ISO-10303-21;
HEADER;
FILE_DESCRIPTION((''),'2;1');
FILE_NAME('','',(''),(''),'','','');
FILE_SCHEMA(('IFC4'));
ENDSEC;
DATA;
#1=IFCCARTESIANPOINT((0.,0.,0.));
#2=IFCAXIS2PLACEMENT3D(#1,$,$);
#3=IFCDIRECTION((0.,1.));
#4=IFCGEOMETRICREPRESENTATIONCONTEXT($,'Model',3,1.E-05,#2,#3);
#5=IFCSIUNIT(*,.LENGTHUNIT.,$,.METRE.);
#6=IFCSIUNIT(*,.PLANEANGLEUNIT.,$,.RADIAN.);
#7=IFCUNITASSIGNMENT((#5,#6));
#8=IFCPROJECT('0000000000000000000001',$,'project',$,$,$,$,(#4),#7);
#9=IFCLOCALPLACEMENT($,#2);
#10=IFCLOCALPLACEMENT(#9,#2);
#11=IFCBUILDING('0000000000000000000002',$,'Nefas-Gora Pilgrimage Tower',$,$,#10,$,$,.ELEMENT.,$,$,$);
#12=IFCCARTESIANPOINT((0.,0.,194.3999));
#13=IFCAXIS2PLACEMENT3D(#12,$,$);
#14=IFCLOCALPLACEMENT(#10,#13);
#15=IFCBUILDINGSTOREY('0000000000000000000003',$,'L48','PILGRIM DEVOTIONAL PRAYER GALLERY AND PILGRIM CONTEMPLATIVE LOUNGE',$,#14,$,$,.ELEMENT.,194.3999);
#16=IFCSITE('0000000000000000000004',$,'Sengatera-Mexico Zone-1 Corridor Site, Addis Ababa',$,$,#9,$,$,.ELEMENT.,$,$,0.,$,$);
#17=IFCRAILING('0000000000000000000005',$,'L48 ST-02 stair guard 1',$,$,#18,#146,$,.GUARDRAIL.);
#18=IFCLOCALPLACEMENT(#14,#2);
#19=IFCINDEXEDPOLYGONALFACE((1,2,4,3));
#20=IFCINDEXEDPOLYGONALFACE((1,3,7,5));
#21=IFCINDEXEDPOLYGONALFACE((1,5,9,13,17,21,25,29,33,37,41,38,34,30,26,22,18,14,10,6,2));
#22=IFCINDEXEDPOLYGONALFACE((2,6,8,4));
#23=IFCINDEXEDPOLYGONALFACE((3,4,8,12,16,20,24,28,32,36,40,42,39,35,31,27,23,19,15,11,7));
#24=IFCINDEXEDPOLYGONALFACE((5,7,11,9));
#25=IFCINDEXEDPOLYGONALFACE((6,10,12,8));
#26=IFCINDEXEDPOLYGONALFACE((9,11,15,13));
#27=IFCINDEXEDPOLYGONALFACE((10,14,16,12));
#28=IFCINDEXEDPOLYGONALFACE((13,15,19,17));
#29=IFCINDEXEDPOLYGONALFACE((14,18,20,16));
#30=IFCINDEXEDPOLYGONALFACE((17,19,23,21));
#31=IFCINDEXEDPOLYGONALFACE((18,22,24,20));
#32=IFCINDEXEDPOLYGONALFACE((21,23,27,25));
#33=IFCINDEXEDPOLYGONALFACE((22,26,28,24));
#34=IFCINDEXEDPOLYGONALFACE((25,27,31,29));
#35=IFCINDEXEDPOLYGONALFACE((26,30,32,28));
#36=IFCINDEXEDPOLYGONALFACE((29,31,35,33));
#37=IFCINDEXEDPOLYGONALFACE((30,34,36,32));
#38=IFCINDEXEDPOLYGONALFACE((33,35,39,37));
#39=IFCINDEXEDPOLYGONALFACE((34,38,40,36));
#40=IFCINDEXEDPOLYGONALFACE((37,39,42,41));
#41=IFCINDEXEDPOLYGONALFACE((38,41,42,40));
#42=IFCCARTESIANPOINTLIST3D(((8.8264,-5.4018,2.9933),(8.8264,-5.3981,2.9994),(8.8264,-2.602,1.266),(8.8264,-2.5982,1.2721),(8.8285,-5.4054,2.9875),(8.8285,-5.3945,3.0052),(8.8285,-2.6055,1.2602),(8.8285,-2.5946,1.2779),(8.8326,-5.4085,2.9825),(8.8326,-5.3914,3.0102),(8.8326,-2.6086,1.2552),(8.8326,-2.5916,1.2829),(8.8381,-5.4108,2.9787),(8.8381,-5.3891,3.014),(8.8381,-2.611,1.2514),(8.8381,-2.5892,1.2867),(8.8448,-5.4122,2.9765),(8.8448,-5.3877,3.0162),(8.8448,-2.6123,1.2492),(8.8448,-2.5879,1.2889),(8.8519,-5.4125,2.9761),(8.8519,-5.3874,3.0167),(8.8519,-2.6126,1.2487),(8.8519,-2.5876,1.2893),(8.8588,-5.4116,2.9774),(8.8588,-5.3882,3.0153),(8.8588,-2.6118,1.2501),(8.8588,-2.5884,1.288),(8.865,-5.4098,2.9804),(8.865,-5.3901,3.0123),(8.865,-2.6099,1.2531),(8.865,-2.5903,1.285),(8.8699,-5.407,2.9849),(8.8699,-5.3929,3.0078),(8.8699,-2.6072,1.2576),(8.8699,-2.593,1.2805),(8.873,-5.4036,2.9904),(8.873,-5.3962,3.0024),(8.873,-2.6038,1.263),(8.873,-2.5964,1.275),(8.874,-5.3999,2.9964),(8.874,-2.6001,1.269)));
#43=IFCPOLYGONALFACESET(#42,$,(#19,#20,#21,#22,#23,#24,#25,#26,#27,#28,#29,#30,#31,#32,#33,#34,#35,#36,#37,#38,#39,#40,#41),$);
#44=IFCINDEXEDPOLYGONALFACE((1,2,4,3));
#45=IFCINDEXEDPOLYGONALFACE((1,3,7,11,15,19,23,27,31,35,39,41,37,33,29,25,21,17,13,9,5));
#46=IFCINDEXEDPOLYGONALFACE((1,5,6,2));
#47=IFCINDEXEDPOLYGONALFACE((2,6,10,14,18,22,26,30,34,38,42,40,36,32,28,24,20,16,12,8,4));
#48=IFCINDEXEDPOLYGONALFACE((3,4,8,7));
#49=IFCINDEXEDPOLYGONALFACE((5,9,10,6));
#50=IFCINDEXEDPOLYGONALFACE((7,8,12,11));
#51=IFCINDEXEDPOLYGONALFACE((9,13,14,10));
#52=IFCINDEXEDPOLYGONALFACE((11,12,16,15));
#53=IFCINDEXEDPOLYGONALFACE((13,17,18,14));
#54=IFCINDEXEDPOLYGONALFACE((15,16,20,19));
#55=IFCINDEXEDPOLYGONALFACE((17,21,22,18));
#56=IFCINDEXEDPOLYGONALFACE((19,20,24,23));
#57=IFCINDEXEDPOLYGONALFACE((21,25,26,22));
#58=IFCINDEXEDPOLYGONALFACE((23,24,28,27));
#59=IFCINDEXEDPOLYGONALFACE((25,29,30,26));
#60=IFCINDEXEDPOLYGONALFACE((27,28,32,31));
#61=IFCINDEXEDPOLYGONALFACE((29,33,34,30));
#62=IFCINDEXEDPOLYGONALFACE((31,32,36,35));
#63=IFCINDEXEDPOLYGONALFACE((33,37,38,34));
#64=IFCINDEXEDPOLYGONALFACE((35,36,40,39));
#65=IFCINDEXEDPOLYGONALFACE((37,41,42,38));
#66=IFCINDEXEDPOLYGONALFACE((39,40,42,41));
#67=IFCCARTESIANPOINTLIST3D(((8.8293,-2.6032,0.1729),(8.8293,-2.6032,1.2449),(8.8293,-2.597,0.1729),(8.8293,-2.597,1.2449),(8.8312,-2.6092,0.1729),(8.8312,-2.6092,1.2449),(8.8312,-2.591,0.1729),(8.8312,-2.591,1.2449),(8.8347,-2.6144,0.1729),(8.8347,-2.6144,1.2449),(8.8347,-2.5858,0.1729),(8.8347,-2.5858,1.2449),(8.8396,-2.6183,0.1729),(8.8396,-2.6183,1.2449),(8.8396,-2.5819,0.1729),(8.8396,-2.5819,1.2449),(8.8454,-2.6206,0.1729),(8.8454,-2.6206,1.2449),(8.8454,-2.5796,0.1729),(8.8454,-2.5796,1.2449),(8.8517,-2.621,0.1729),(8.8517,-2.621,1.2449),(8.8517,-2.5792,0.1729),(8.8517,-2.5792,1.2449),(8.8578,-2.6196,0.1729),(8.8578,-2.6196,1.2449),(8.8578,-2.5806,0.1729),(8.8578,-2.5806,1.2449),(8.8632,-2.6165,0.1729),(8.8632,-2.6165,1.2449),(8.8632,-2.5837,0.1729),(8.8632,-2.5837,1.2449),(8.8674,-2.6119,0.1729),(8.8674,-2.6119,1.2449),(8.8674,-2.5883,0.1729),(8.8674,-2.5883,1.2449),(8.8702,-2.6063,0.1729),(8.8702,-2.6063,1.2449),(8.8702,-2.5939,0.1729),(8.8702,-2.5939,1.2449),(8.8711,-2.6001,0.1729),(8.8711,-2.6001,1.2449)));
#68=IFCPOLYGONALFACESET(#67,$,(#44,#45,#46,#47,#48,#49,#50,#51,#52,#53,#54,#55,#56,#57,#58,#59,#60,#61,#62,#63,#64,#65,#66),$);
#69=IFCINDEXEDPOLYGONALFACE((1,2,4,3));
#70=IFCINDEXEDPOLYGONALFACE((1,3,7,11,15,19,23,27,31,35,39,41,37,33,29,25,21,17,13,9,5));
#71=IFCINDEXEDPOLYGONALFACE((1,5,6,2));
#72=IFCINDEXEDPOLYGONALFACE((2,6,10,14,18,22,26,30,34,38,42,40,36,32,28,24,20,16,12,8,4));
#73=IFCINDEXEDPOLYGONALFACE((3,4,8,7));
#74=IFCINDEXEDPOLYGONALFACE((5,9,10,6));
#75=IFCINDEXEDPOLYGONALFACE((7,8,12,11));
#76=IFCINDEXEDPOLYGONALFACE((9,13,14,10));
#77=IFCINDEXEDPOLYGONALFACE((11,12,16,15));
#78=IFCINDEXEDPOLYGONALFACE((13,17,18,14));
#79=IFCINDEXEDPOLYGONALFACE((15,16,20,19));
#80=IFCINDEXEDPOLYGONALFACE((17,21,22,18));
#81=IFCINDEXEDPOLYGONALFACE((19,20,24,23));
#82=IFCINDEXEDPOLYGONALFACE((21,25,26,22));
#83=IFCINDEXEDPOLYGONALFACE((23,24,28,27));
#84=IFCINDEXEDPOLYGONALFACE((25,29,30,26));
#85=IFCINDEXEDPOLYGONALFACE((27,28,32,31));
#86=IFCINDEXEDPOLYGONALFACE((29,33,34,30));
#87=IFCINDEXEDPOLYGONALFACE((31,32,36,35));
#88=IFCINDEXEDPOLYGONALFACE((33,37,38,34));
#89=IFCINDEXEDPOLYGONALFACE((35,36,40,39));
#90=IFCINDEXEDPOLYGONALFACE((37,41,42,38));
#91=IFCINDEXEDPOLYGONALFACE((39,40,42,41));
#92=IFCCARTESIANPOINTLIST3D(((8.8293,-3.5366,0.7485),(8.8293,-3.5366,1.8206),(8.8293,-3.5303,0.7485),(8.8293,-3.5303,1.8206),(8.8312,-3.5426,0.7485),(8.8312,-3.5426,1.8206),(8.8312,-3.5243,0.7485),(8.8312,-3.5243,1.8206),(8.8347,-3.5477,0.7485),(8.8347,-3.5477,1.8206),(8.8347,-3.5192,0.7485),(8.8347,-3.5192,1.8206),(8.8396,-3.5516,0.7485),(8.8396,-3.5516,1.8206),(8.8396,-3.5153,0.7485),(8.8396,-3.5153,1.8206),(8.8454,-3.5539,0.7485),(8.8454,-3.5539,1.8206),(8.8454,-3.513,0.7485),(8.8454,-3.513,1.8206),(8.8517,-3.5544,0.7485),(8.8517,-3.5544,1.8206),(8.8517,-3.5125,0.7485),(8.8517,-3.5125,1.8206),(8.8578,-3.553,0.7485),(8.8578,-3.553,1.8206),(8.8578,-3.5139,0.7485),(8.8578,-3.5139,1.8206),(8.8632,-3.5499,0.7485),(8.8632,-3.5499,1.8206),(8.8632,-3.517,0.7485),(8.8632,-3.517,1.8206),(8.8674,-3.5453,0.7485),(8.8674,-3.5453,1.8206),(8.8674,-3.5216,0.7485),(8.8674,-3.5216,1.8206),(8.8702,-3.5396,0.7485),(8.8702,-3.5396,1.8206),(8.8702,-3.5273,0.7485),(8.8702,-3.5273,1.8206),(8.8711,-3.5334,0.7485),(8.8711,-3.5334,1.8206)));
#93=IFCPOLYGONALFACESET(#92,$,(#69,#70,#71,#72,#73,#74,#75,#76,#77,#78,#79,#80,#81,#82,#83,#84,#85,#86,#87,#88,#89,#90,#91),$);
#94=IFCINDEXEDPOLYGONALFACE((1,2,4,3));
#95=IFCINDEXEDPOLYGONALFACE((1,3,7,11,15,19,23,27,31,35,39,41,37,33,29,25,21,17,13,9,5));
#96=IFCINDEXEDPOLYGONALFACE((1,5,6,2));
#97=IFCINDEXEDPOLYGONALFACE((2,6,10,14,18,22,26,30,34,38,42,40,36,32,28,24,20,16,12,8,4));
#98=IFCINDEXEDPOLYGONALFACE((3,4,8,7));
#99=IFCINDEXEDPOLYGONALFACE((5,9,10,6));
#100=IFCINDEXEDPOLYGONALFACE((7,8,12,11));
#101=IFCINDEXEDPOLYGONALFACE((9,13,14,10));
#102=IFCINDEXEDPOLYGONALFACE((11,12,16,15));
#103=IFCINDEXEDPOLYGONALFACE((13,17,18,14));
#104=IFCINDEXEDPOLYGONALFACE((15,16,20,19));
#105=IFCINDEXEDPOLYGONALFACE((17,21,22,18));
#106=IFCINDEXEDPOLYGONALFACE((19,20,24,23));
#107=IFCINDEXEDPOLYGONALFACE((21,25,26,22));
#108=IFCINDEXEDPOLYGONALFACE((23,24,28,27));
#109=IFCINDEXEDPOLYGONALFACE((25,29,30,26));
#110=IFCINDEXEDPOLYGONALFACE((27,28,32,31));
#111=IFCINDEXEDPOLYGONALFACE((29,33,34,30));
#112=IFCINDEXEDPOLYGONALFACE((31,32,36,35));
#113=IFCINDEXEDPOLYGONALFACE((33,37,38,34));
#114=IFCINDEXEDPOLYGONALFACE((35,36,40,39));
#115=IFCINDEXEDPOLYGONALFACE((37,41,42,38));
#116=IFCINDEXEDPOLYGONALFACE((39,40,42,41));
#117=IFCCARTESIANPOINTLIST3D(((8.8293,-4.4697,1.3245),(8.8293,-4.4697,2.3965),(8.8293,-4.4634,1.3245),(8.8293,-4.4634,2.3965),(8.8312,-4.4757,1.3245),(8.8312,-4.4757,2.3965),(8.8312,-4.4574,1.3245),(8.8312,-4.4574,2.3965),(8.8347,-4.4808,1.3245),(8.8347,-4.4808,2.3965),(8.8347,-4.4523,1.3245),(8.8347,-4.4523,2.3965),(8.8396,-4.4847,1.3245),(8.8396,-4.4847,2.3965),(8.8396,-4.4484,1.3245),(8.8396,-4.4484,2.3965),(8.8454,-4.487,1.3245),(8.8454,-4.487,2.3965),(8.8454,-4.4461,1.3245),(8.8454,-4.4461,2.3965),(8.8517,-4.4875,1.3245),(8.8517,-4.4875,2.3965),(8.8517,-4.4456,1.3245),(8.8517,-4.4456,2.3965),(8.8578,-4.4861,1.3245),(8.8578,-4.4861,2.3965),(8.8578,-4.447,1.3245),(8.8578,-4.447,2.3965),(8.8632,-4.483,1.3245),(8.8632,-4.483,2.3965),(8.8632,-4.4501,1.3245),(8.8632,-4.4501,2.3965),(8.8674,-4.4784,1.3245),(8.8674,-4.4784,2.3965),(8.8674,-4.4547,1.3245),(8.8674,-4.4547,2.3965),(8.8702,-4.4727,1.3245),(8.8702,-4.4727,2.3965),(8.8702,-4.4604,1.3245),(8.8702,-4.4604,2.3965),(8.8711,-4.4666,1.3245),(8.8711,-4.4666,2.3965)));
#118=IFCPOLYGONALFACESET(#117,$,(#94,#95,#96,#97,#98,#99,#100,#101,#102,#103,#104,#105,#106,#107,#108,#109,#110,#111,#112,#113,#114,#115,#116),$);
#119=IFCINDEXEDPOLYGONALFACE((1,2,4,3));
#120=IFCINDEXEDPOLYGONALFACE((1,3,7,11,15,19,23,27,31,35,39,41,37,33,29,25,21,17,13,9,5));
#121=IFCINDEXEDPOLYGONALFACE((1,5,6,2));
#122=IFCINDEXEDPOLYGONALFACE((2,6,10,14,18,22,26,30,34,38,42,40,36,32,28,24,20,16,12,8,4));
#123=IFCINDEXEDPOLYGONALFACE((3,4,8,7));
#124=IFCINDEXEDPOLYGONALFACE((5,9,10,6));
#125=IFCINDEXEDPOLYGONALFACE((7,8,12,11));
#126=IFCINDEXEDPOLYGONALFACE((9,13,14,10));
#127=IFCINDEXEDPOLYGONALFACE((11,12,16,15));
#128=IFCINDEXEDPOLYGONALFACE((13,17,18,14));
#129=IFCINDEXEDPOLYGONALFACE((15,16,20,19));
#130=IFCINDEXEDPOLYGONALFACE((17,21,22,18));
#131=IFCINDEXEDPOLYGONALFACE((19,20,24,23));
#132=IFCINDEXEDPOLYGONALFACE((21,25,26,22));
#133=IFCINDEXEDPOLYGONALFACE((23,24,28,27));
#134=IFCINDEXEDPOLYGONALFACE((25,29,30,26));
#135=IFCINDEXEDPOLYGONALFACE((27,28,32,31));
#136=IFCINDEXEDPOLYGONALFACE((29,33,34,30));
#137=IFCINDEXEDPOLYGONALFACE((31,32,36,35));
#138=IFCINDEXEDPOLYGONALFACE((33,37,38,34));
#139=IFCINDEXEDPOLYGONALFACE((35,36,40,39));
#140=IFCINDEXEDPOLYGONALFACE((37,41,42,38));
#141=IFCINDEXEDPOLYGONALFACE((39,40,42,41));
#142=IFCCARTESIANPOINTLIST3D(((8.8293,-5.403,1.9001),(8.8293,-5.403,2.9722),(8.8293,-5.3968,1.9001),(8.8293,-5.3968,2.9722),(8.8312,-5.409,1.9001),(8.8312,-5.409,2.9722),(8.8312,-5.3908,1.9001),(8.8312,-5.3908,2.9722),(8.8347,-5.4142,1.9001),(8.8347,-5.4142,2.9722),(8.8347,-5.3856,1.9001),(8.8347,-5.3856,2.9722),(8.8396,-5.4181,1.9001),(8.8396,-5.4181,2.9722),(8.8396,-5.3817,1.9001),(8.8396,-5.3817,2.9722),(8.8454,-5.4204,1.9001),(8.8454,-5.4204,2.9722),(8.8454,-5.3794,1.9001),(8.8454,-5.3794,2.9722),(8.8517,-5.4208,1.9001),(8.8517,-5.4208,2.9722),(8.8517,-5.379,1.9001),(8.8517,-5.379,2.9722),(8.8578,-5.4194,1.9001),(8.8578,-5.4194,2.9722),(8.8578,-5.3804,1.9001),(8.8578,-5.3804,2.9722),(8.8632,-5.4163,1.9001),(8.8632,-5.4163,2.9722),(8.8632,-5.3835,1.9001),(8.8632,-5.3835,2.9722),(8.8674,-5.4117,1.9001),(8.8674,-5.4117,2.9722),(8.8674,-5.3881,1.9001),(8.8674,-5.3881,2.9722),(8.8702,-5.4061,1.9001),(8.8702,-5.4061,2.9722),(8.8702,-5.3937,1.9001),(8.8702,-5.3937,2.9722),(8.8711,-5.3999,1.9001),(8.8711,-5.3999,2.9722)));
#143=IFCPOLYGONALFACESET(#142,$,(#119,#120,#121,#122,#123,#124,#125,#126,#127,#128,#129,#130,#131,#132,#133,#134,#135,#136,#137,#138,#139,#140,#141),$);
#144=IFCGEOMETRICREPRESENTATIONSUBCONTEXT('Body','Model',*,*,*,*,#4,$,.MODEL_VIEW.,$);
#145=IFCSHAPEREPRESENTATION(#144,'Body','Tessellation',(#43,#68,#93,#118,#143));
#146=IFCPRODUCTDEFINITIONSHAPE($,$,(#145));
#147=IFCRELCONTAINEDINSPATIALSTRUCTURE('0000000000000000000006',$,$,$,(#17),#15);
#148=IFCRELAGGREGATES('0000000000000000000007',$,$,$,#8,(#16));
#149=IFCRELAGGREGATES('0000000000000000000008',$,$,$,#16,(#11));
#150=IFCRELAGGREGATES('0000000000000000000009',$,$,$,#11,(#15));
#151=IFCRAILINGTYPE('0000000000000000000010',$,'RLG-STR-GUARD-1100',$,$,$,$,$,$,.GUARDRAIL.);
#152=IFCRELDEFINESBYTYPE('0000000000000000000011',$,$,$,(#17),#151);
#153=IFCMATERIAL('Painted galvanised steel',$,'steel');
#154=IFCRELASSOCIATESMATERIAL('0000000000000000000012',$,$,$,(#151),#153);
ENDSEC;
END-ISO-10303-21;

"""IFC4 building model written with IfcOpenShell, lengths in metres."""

from ifc_helpers import new_model, si_unit, direction, frame, origin, origin_2d, place, context, subcontext, project, spatial, circle, extrude, material, type_object, element, save


model = new_model("IFC4")

# Units and contexts
model_context = context("Model", 3, precision=1e-05, world=origin(), true_north=direction((0.0, 1.0)))
body_context = subcontext(model_context, "Body", "Model", "MODEL_VIEW")
ifc_project = project(units=[si_unit("LENGTHUNIT", "METRE"), si_unit("PLANEANGLEUNIT", "RADIAN")], contexts=[model_context])

# Site, building, storey
site_placement = place(None, origin())
site = spatial("IfcSite", under=ifc_project, at=site_placement, Name="Sengatera-Mexico Zone-1 Corridor Site, Addis Ababa", CompositionType="ELEMENT", RefElevation=0.0)
building_placement = place(site_placement, origin())
building = spatial("IfcBuilding", under=site, at=building_placement, Name="Nefas-Gora Pilgrimage Tower", CompositionType="ELEMENT")
storey_placement = place(building_placement, frame((0.0, 0.0, 194.3999)))
storey = spatial("IfcBuildingStorey", under=building, at=storey_placement, Name="L48", Description="PILGRIM DEVOTIONAL PRAYER GALLERY AND PILGRIM CONTEMPLATIVE LOUNGE", CompositionType="ELEMENT", Elevation=194.3999)

# Railing
ifc_material_1 = material(Name="Painted galvanised steel", Category="steel")
railing_type_1 = type_object("IfcRailingType", Name="RLG-STR-GUARD-1100", PredefinedType="GUARDRAIL", material=ifc_material_1)
railing_1_placement = place(storey_placement, frame((8.8501, -2.6001, 0.1729)))
element("IfcRailing", 1, at=railing_1_placement, inside=storey, type_object=railing_type_1, Name="L48 ST-02 stair guard 1", PredefinedType="GUARDRAIL", context=body_context, shape_type="SweptSolid", body=[
    extrude(circle(Radius=0.0239, at=origin_2d()), frame((0.0, 0.0, 1.0962), z_axis=(0.0, -0.851069, 0.525054), x_axis=(1.0, 0.0, 0.0)), (0.0, 0.0, 1.0), 3.2898),
    extrude(circle(Radius=0.021, at=origin_2d()), origin(), (0.0, 0.0, 1.0), 1.072),
    extrude(circle(Radius=0.021, at=origin_2d()), frame((0.0, -0.9333, 0.5757)), (0.0, 0.0, 1.0), 1.072),
    extrude(circle(Radius=0.021, at=origin_2d()), frame((0.0, -1.8665, 1.1516)), (0.0, 0.0, 1.0), 1.072),
    extrude(circle(Radius=0.021, at=origin_2d()), frame((0.0, -2.7998, 1.7273)), (0.0, 0.0, 1.0), 1.072),
])

save(model, "model.ifc")
